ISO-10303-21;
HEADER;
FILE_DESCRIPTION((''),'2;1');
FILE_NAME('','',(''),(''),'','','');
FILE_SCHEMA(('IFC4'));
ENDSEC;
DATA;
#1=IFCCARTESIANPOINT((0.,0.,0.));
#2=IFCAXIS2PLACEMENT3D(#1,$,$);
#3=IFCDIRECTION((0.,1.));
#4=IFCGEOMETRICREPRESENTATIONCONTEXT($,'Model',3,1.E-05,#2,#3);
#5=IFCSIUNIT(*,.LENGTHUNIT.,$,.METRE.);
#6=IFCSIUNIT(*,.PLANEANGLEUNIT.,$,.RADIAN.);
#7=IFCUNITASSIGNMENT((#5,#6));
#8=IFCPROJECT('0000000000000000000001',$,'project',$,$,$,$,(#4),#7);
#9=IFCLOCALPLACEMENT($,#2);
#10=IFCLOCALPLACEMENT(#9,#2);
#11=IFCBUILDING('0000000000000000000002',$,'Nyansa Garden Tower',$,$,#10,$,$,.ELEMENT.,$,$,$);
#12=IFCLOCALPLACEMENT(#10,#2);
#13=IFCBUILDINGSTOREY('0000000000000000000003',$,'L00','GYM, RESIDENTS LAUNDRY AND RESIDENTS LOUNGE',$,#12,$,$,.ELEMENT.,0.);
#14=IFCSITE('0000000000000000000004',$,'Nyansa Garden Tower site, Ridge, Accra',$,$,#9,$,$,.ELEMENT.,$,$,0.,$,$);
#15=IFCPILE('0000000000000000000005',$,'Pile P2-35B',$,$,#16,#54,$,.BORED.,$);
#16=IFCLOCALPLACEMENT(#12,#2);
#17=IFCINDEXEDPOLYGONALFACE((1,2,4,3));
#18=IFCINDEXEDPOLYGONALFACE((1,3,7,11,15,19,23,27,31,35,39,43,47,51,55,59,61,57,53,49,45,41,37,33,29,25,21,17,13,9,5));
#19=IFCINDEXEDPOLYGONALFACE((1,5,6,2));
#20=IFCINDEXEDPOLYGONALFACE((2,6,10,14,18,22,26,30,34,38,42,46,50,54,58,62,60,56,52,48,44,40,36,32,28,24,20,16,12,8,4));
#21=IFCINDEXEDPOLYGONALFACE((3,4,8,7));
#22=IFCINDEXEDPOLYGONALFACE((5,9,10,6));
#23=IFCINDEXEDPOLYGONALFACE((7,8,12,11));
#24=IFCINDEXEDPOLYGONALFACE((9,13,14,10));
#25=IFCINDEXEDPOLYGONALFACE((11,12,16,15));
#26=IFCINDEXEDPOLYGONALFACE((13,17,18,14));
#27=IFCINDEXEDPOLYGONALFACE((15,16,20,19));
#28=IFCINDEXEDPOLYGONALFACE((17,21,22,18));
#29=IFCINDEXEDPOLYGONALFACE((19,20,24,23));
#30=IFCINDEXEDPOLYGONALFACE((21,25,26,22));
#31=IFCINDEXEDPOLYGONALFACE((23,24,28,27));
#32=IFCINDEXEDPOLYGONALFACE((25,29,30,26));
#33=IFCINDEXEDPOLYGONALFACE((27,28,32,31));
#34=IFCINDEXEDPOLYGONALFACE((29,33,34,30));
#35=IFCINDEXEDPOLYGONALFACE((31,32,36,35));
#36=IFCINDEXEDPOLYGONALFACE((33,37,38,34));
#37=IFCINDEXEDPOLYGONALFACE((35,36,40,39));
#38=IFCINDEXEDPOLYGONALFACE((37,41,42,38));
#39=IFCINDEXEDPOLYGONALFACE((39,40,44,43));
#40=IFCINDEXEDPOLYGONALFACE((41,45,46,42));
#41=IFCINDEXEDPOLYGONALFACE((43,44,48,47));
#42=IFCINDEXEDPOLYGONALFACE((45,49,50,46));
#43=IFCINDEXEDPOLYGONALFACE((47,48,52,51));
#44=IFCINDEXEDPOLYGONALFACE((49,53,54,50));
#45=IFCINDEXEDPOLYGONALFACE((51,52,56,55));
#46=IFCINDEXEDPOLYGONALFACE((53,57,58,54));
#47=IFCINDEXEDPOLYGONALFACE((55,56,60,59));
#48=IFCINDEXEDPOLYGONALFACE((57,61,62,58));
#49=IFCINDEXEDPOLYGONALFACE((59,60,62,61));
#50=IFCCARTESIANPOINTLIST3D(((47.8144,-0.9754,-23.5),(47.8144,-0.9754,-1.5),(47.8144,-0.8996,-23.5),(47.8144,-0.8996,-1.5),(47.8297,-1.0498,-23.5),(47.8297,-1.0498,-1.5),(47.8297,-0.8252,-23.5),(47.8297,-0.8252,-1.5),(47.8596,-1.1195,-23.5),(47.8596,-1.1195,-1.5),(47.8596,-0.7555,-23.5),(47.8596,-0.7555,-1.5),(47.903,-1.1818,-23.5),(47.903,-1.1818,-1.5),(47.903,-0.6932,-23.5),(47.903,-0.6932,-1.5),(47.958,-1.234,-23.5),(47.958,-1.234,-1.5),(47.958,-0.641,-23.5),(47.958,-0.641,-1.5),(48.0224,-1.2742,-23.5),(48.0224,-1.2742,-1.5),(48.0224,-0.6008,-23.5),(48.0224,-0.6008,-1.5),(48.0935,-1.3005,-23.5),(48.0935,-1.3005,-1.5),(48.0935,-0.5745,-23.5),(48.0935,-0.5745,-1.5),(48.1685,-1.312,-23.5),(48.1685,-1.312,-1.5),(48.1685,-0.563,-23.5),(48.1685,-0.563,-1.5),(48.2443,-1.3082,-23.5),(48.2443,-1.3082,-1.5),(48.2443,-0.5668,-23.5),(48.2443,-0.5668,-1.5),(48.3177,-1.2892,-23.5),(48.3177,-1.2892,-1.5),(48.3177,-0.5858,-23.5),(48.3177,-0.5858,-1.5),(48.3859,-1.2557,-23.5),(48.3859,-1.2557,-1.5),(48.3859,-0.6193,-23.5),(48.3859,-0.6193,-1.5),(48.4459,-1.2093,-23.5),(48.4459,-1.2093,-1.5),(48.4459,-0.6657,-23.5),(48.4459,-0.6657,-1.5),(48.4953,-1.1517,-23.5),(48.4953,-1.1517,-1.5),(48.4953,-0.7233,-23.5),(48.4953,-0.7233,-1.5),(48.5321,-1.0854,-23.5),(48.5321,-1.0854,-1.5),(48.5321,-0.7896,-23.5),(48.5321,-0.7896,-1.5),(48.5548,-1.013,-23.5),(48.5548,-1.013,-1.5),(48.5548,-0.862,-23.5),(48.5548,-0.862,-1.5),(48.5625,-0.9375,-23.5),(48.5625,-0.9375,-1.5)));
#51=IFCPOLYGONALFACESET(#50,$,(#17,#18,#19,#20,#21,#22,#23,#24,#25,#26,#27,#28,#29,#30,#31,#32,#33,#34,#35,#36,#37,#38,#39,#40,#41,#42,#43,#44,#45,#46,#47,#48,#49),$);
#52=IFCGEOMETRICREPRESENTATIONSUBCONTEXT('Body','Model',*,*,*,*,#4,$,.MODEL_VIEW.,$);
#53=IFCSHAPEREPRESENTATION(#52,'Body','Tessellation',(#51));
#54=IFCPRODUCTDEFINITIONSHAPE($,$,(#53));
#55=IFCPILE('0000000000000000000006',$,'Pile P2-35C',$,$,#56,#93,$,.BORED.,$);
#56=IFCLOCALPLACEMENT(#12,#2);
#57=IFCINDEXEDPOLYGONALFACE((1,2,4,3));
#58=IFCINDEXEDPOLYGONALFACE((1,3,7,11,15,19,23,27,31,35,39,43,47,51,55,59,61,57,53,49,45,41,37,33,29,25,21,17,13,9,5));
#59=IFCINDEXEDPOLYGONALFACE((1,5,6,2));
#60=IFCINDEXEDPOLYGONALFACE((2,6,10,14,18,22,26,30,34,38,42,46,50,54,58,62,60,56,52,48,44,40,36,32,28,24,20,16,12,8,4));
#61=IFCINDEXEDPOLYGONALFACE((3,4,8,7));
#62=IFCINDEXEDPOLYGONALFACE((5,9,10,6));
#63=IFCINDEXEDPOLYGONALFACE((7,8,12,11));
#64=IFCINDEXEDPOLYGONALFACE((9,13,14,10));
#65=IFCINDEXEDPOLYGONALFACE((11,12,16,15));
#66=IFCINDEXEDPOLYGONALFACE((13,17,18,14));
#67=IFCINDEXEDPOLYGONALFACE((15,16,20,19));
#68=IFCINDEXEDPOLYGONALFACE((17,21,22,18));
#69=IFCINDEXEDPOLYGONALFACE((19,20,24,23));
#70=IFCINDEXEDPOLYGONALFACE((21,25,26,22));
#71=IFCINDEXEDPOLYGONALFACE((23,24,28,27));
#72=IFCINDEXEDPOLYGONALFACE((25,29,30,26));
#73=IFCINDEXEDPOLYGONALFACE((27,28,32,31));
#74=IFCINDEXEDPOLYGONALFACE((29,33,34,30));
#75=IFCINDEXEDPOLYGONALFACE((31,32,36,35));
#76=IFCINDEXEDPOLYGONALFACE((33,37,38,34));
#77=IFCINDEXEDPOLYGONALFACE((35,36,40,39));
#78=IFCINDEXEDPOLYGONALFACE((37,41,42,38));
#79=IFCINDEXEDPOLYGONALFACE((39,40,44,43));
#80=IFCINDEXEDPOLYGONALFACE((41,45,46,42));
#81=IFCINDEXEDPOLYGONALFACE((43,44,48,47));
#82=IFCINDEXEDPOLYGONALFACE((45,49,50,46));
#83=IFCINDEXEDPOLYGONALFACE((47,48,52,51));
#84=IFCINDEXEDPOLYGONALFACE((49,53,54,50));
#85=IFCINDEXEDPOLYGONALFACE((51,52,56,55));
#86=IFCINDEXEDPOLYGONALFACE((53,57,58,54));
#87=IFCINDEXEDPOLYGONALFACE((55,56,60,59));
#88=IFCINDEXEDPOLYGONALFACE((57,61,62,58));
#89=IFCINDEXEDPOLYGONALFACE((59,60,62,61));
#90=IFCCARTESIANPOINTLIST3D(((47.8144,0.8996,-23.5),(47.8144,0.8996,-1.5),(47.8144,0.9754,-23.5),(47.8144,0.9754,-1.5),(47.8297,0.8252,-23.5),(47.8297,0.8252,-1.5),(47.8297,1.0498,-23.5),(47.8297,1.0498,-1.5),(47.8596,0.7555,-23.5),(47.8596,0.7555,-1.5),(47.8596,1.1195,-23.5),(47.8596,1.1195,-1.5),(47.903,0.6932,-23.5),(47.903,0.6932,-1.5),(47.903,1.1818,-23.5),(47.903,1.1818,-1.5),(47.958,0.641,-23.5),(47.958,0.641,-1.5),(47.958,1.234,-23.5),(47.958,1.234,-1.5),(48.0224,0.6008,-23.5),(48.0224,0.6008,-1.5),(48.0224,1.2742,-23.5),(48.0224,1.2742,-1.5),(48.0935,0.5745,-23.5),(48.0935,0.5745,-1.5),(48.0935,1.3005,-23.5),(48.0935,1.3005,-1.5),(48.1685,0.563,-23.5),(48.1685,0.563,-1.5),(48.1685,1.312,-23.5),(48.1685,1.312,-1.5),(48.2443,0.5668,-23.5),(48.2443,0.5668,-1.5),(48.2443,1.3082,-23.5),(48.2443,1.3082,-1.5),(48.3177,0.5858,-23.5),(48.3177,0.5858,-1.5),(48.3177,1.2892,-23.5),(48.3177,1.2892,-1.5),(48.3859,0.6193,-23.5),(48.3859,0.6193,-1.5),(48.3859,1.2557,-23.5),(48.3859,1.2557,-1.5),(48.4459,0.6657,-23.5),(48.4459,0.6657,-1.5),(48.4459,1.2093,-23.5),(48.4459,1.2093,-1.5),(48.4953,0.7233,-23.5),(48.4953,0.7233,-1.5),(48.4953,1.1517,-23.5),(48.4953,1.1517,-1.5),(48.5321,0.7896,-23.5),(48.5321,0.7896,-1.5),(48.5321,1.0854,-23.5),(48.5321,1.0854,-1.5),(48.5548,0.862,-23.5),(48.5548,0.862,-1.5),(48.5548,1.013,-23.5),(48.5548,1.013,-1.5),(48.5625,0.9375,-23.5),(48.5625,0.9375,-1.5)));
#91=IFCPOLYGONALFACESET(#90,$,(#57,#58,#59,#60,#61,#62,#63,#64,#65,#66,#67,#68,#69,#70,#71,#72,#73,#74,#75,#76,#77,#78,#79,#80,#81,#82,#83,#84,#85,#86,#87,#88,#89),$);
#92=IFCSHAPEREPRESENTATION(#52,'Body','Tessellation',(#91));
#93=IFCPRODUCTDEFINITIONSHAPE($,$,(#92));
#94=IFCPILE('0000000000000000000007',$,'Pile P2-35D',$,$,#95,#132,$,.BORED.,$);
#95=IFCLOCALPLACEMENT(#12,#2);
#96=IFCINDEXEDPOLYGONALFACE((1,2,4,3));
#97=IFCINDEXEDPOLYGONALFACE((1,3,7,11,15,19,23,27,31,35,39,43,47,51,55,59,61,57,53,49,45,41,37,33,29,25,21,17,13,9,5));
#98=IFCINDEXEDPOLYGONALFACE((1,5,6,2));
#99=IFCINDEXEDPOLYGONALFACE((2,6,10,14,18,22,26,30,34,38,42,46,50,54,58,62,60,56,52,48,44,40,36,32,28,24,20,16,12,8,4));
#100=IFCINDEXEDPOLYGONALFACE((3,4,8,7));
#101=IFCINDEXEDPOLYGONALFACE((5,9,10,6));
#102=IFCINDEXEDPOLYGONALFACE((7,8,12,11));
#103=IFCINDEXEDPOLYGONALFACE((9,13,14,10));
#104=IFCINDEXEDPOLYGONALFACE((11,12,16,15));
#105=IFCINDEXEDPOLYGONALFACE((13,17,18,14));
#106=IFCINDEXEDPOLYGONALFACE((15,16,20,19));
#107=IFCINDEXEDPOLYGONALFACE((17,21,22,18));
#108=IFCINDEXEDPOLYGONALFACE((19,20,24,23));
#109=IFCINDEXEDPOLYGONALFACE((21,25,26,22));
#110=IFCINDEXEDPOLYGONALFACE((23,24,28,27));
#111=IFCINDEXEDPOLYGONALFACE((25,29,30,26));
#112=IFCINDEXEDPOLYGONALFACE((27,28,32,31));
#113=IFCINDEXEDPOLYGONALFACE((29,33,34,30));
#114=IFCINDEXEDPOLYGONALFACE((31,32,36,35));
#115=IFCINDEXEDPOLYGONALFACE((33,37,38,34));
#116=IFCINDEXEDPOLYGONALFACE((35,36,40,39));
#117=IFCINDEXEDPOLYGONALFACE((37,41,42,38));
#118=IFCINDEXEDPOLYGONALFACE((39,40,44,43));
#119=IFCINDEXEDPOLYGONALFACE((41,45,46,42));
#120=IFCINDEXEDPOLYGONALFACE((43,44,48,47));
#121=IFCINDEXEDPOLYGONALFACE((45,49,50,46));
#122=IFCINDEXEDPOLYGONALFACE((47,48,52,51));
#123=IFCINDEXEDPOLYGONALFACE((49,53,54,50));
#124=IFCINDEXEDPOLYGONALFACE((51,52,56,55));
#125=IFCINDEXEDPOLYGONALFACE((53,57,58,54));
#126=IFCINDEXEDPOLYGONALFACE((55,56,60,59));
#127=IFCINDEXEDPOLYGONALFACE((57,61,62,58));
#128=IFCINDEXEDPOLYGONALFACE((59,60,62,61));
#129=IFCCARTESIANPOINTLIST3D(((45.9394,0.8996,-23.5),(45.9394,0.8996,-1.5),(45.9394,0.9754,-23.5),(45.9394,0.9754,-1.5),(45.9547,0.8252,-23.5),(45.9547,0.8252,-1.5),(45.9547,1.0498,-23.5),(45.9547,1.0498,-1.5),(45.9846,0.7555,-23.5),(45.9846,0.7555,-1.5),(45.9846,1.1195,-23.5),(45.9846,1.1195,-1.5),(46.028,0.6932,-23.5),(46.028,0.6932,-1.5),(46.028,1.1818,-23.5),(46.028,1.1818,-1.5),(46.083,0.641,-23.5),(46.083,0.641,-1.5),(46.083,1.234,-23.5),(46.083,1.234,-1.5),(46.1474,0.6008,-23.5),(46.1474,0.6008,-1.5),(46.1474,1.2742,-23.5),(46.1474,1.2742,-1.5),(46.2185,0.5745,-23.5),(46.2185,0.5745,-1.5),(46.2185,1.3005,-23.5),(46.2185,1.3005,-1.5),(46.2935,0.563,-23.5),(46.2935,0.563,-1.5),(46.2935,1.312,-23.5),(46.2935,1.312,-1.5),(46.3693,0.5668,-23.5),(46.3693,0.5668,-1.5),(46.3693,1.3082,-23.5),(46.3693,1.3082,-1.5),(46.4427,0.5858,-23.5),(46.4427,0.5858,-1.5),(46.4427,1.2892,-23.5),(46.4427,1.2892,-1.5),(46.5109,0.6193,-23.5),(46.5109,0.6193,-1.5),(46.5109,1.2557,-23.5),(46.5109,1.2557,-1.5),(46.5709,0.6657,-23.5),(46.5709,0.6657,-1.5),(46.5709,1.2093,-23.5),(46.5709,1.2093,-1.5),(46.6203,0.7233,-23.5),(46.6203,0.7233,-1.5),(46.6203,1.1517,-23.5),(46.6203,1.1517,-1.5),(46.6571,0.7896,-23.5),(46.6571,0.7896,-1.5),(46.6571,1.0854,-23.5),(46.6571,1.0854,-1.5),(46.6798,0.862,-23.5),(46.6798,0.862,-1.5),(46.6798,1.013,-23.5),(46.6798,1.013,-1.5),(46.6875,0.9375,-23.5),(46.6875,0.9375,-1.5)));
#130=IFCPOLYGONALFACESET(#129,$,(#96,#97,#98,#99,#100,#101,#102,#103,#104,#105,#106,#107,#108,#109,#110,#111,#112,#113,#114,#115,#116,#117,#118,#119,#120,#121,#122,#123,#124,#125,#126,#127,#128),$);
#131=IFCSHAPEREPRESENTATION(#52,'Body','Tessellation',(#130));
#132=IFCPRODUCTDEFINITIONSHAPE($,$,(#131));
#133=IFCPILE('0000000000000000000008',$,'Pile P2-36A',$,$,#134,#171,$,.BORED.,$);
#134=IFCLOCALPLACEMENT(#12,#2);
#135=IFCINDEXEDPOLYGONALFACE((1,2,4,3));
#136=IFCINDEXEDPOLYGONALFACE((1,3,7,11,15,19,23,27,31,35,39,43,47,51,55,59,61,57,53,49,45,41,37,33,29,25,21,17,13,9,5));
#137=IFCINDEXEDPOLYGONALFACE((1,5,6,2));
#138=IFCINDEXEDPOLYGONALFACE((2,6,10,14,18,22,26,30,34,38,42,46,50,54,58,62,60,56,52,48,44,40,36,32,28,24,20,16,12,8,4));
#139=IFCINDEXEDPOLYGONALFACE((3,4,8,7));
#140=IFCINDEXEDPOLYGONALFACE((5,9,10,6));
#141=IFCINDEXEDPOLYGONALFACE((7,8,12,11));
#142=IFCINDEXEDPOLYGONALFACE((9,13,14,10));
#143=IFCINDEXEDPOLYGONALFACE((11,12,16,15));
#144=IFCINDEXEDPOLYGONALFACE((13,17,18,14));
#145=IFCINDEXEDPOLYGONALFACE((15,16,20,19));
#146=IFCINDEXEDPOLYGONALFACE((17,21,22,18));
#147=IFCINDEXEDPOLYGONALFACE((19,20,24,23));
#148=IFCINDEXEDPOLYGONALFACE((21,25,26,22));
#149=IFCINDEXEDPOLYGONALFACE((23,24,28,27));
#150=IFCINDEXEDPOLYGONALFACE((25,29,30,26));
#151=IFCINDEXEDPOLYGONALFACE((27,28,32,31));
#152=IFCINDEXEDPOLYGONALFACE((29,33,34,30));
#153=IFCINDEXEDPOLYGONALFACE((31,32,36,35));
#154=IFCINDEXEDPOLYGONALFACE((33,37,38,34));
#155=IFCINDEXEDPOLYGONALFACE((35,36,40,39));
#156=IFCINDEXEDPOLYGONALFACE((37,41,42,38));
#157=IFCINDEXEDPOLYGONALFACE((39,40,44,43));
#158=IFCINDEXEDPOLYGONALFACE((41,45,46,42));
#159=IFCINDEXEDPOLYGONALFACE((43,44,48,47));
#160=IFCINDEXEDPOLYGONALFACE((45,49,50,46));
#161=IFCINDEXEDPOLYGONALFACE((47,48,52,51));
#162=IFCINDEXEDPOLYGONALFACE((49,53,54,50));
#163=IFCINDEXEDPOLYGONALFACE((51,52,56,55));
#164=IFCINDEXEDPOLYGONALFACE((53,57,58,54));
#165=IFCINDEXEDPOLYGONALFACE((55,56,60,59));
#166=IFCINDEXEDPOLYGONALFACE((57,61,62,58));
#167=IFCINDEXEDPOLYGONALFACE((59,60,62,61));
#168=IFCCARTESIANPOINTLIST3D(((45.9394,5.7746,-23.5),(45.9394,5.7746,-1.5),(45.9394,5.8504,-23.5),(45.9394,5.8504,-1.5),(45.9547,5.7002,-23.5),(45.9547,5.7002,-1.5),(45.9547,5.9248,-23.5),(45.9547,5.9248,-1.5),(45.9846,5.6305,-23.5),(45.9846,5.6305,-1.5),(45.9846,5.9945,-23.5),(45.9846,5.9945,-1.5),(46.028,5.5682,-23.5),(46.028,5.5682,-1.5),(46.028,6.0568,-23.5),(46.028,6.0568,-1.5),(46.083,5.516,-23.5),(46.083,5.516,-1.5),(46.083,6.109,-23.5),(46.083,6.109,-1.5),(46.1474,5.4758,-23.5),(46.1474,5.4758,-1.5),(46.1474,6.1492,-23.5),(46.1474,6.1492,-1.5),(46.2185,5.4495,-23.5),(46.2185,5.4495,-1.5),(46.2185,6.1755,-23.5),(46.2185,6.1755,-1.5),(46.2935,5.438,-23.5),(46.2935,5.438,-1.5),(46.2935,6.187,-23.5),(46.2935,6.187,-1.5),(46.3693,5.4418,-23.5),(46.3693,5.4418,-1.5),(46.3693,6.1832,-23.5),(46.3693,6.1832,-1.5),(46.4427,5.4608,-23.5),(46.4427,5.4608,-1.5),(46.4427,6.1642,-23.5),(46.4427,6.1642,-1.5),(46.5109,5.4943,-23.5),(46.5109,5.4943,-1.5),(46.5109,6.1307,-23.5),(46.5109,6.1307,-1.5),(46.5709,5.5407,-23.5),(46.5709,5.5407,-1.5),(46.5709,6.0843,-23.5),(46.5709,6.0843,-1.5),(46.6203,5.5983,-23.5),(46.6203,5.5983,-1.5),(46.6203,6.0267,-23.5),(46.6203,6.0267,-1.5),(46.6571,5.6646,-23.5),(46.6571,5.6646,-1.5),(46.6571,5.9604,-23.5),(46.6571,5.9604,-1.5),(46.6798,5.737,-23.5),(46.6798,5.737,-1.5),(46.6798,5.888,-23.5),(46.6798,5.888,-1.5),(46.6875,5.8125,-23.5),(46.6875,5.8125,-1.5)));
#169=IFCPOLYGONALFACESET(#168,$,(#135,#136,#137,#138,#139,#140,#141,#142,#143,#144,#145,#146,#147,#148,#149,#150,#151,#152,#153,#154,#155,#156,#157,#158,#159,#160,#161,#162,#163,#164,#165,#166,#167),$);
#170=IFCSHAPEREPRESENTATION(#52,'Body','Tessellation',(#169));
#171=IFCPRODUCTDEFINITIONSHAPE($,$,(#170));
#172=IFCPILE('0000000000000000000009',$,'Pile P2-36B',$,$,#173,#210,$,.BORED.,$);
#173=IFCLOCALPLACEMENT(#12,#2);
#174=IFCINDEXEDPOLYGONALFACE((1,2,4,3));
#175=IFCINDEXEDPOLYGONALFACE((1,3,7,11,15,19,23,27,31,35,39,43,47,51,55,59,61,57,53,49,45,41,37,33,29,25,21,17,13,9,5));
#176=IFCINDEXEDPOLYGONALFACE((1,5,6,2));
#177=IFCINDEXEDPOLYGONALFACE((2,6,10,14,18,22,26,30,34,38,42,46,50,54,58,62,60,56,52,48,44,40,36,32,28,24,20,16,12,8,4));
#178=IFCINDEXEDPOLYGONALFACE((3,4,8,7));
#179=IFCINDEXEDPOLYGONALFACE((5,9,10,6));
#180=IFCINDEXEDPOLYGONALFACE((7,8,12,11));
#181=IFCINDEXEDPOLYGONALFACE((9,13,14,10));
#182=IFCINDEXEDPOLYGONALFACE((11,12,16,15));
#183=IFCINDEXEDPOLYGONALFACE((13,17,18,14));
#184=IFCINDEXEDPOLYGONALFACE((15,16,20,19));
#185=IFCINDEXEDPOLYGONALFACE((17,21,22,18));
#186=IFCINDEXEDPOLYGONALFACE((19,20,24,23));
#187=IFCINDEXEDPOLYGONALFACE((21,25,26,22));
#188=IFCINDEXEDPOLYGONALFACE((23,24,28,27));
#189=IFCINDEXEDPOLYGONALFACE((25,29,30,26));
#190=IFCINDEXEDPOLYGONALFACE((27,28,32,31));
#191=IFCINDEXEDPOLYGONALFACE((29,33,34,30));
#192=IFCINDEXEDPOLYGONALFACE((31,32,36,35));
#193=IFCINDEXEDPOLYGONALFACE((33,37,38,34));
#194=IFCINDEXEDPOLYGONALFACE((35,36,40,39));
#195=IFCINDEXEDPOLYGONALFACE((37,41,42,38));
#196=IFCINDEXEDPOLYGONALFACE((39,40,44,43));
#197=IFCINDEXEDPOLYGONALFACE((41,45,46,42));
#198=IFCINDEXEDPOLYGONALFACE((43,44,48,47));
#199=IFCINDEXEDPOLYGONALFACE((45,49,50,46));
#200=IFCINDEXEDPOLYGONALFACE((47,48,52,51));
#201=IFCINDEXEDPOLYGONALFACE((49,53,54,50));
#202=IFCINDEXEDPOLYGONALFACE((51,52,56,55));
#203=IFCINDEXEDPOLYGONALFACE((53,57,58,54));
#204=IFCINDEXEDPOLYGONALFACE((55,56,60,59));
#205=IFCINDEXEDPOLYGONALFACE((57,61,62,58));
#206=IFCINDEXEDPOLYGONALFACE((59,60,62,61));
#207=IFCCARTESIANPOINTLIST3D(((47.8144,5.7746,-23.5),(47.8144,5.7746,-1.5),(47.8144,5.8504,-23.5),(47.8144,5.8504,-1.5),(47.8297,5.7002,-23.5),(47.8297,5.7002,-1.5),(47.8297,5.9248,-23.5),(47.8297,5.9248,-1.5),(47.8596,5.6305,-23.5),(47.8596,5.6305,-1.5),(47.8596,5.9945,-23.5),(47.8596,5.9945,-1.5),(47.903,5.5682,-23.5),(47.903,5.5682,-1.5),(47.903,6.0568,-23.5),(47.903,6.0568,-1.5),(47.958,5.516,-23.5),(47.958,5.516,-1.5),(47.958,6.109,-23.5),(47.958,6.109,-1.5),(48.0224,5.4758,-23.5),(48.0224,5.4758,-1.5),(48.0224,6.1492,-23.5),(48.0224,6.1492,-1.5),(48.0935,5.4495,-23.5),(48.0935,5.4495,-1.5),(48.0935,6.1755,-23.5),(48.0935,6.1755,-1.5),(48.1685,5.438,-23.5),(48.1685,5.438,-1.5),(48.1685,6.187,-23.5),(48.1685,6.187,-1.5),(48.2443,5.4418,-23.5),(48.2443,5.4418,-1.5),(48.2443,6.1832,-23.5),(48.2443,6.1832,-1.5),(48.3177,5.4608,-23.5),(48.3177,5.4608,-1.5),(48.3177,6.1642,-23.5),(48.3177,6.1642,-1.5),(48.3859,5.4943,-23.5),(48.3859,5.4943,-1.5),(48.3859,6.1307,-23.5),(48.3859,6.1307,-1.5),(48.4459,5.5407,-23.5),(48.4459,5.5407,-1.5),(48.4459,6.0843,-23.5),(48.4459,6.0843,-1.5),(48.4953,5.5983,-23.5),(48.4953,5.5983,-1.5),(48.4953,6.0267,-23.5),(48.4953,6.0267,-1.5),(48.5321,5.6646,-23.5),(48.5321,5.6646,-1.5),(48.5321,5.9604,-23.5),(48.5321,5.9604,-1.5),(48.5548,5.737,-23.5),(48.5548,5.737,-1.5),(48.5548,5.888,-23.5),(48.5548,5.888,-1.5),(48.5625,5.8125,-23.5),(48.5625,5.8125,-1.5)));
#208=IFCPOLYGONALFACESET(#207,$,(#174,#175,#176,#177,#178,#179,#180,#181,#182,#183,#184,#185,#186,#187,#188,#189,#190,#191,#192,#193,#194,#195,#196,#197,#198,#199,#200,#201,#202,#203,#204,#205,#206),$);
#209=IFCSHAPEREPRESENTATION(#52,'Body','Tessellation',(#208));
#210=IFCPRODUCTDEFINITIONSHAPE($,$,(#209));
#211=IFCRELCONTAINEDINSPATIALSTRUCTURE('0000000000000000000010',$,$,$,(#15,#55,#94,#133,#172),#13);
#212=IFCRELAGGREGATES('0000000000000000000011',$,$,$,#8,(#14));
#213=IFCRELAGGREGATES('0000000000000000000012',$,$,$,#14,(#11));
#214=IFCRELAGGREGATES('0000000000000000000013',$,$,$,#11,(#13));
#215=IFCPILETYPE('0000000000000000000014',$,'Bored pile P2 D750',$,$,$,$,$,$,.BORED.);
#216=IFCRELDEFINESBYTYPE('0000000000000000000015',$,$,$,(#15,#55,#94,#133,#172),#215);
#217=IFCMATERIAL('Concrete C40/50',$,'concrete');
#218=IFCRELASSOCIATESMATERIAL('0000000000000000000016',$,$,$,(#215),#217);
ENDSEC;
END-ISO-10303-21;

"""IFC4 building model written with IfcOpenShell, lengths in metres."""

from ifc_helpers import new_model, si_unit, direction, frame, origin, origin_2d, place, context, subcontext, project, spatial, circle, extrude, material, type_object, element, save


model = new_model("IFC4")

# Units and contexts
model_context = context("Model", 3, precision=1e-05, world=origin(), true_north=direction((0.0, 1.0)))
body_context = subcontext(model_context, "Body", "Model", "MODEL_VIEW")
ifc_project = project(units=[si_unit("LENGTHUNIT", "METRE"), si_unit("PLANEANGLEUNIT", "RADIAN")], contexts=[model_context])

# Site, building, storey
site_placement = place(None, origin())
site = spatial("IfcSite", under=ifc_project, at=site_placement, Name="Nyansa Garden Tower site, Ridge, Accra", CompositionType="ELEMENT", RefElevation=0.0)
building_placement = place(site_placement, origin())
building = spatial("IfcBuilding", under=site, at=building_placement, Name="Nyansa Garden Tower", CompositionType="ELEMENT")
storey_placement = place(building_placement, origin())
storey = spatial("IfcBuildingStorey", under=building, at=storey_placement, Name="L00", Description="GYM, RESIDENTS LAUNDRY AND RESIDENTS LOUNGE", CompositionType="ELEMENT", Elevation=0.0)

# Piles
ifc_material_1 = material(Name="Concrete C40/50", Category="concrete")
pile_type = type_object("IfcPileType", Name="Bored pile P2 D750", PredefinedType="BORED", material=ifc_material_1)
for number, where, z_axis, x_axis, name in (
    (1, (48.1875, -0.9375, -1.5), (0.0, 0.0, -1.0), (1.0, 0.0, 0.0), "Pile P2-35B"),
    (2, (48.1875, 0.9375, -1.5), (0.0, 0.0, -1.0), (1.0, 0.0, 0.0), "Pile P2-35C"),
    (3, (46.3125, 0.9375, -1.5), (0.0, 0.0, -1.0), (1.0, 0.0, 0.0), "Pile P2-35D"),
    (4, (46.3125, 5.8125, -1.5), (0.0, 0.0, -1.0), (1.0, 0.0, 0.0), "Pile P2-36A"),
    (5, (48.1875, 5.8125, -1.5), (0.0, 0.0, -1.0), (1.0, 0.0, 0.0), "Pile P2-36B"),
):
    element("IfcPile", number, at=place(storey_placement, frame(where, z_axis=z_axis, x_axis=x_axis)), inside=storey, type_object=pile_type, Name=name, PredefinedType="BORED", context=body_context, shape_type="SweptSolid", body=[
        extrude(circle(Radius=0.375, at=origin_2d()), origin(), (0.0, 0.0, 1.0), 22.0),
    ])

save(model, "model.ifc")
